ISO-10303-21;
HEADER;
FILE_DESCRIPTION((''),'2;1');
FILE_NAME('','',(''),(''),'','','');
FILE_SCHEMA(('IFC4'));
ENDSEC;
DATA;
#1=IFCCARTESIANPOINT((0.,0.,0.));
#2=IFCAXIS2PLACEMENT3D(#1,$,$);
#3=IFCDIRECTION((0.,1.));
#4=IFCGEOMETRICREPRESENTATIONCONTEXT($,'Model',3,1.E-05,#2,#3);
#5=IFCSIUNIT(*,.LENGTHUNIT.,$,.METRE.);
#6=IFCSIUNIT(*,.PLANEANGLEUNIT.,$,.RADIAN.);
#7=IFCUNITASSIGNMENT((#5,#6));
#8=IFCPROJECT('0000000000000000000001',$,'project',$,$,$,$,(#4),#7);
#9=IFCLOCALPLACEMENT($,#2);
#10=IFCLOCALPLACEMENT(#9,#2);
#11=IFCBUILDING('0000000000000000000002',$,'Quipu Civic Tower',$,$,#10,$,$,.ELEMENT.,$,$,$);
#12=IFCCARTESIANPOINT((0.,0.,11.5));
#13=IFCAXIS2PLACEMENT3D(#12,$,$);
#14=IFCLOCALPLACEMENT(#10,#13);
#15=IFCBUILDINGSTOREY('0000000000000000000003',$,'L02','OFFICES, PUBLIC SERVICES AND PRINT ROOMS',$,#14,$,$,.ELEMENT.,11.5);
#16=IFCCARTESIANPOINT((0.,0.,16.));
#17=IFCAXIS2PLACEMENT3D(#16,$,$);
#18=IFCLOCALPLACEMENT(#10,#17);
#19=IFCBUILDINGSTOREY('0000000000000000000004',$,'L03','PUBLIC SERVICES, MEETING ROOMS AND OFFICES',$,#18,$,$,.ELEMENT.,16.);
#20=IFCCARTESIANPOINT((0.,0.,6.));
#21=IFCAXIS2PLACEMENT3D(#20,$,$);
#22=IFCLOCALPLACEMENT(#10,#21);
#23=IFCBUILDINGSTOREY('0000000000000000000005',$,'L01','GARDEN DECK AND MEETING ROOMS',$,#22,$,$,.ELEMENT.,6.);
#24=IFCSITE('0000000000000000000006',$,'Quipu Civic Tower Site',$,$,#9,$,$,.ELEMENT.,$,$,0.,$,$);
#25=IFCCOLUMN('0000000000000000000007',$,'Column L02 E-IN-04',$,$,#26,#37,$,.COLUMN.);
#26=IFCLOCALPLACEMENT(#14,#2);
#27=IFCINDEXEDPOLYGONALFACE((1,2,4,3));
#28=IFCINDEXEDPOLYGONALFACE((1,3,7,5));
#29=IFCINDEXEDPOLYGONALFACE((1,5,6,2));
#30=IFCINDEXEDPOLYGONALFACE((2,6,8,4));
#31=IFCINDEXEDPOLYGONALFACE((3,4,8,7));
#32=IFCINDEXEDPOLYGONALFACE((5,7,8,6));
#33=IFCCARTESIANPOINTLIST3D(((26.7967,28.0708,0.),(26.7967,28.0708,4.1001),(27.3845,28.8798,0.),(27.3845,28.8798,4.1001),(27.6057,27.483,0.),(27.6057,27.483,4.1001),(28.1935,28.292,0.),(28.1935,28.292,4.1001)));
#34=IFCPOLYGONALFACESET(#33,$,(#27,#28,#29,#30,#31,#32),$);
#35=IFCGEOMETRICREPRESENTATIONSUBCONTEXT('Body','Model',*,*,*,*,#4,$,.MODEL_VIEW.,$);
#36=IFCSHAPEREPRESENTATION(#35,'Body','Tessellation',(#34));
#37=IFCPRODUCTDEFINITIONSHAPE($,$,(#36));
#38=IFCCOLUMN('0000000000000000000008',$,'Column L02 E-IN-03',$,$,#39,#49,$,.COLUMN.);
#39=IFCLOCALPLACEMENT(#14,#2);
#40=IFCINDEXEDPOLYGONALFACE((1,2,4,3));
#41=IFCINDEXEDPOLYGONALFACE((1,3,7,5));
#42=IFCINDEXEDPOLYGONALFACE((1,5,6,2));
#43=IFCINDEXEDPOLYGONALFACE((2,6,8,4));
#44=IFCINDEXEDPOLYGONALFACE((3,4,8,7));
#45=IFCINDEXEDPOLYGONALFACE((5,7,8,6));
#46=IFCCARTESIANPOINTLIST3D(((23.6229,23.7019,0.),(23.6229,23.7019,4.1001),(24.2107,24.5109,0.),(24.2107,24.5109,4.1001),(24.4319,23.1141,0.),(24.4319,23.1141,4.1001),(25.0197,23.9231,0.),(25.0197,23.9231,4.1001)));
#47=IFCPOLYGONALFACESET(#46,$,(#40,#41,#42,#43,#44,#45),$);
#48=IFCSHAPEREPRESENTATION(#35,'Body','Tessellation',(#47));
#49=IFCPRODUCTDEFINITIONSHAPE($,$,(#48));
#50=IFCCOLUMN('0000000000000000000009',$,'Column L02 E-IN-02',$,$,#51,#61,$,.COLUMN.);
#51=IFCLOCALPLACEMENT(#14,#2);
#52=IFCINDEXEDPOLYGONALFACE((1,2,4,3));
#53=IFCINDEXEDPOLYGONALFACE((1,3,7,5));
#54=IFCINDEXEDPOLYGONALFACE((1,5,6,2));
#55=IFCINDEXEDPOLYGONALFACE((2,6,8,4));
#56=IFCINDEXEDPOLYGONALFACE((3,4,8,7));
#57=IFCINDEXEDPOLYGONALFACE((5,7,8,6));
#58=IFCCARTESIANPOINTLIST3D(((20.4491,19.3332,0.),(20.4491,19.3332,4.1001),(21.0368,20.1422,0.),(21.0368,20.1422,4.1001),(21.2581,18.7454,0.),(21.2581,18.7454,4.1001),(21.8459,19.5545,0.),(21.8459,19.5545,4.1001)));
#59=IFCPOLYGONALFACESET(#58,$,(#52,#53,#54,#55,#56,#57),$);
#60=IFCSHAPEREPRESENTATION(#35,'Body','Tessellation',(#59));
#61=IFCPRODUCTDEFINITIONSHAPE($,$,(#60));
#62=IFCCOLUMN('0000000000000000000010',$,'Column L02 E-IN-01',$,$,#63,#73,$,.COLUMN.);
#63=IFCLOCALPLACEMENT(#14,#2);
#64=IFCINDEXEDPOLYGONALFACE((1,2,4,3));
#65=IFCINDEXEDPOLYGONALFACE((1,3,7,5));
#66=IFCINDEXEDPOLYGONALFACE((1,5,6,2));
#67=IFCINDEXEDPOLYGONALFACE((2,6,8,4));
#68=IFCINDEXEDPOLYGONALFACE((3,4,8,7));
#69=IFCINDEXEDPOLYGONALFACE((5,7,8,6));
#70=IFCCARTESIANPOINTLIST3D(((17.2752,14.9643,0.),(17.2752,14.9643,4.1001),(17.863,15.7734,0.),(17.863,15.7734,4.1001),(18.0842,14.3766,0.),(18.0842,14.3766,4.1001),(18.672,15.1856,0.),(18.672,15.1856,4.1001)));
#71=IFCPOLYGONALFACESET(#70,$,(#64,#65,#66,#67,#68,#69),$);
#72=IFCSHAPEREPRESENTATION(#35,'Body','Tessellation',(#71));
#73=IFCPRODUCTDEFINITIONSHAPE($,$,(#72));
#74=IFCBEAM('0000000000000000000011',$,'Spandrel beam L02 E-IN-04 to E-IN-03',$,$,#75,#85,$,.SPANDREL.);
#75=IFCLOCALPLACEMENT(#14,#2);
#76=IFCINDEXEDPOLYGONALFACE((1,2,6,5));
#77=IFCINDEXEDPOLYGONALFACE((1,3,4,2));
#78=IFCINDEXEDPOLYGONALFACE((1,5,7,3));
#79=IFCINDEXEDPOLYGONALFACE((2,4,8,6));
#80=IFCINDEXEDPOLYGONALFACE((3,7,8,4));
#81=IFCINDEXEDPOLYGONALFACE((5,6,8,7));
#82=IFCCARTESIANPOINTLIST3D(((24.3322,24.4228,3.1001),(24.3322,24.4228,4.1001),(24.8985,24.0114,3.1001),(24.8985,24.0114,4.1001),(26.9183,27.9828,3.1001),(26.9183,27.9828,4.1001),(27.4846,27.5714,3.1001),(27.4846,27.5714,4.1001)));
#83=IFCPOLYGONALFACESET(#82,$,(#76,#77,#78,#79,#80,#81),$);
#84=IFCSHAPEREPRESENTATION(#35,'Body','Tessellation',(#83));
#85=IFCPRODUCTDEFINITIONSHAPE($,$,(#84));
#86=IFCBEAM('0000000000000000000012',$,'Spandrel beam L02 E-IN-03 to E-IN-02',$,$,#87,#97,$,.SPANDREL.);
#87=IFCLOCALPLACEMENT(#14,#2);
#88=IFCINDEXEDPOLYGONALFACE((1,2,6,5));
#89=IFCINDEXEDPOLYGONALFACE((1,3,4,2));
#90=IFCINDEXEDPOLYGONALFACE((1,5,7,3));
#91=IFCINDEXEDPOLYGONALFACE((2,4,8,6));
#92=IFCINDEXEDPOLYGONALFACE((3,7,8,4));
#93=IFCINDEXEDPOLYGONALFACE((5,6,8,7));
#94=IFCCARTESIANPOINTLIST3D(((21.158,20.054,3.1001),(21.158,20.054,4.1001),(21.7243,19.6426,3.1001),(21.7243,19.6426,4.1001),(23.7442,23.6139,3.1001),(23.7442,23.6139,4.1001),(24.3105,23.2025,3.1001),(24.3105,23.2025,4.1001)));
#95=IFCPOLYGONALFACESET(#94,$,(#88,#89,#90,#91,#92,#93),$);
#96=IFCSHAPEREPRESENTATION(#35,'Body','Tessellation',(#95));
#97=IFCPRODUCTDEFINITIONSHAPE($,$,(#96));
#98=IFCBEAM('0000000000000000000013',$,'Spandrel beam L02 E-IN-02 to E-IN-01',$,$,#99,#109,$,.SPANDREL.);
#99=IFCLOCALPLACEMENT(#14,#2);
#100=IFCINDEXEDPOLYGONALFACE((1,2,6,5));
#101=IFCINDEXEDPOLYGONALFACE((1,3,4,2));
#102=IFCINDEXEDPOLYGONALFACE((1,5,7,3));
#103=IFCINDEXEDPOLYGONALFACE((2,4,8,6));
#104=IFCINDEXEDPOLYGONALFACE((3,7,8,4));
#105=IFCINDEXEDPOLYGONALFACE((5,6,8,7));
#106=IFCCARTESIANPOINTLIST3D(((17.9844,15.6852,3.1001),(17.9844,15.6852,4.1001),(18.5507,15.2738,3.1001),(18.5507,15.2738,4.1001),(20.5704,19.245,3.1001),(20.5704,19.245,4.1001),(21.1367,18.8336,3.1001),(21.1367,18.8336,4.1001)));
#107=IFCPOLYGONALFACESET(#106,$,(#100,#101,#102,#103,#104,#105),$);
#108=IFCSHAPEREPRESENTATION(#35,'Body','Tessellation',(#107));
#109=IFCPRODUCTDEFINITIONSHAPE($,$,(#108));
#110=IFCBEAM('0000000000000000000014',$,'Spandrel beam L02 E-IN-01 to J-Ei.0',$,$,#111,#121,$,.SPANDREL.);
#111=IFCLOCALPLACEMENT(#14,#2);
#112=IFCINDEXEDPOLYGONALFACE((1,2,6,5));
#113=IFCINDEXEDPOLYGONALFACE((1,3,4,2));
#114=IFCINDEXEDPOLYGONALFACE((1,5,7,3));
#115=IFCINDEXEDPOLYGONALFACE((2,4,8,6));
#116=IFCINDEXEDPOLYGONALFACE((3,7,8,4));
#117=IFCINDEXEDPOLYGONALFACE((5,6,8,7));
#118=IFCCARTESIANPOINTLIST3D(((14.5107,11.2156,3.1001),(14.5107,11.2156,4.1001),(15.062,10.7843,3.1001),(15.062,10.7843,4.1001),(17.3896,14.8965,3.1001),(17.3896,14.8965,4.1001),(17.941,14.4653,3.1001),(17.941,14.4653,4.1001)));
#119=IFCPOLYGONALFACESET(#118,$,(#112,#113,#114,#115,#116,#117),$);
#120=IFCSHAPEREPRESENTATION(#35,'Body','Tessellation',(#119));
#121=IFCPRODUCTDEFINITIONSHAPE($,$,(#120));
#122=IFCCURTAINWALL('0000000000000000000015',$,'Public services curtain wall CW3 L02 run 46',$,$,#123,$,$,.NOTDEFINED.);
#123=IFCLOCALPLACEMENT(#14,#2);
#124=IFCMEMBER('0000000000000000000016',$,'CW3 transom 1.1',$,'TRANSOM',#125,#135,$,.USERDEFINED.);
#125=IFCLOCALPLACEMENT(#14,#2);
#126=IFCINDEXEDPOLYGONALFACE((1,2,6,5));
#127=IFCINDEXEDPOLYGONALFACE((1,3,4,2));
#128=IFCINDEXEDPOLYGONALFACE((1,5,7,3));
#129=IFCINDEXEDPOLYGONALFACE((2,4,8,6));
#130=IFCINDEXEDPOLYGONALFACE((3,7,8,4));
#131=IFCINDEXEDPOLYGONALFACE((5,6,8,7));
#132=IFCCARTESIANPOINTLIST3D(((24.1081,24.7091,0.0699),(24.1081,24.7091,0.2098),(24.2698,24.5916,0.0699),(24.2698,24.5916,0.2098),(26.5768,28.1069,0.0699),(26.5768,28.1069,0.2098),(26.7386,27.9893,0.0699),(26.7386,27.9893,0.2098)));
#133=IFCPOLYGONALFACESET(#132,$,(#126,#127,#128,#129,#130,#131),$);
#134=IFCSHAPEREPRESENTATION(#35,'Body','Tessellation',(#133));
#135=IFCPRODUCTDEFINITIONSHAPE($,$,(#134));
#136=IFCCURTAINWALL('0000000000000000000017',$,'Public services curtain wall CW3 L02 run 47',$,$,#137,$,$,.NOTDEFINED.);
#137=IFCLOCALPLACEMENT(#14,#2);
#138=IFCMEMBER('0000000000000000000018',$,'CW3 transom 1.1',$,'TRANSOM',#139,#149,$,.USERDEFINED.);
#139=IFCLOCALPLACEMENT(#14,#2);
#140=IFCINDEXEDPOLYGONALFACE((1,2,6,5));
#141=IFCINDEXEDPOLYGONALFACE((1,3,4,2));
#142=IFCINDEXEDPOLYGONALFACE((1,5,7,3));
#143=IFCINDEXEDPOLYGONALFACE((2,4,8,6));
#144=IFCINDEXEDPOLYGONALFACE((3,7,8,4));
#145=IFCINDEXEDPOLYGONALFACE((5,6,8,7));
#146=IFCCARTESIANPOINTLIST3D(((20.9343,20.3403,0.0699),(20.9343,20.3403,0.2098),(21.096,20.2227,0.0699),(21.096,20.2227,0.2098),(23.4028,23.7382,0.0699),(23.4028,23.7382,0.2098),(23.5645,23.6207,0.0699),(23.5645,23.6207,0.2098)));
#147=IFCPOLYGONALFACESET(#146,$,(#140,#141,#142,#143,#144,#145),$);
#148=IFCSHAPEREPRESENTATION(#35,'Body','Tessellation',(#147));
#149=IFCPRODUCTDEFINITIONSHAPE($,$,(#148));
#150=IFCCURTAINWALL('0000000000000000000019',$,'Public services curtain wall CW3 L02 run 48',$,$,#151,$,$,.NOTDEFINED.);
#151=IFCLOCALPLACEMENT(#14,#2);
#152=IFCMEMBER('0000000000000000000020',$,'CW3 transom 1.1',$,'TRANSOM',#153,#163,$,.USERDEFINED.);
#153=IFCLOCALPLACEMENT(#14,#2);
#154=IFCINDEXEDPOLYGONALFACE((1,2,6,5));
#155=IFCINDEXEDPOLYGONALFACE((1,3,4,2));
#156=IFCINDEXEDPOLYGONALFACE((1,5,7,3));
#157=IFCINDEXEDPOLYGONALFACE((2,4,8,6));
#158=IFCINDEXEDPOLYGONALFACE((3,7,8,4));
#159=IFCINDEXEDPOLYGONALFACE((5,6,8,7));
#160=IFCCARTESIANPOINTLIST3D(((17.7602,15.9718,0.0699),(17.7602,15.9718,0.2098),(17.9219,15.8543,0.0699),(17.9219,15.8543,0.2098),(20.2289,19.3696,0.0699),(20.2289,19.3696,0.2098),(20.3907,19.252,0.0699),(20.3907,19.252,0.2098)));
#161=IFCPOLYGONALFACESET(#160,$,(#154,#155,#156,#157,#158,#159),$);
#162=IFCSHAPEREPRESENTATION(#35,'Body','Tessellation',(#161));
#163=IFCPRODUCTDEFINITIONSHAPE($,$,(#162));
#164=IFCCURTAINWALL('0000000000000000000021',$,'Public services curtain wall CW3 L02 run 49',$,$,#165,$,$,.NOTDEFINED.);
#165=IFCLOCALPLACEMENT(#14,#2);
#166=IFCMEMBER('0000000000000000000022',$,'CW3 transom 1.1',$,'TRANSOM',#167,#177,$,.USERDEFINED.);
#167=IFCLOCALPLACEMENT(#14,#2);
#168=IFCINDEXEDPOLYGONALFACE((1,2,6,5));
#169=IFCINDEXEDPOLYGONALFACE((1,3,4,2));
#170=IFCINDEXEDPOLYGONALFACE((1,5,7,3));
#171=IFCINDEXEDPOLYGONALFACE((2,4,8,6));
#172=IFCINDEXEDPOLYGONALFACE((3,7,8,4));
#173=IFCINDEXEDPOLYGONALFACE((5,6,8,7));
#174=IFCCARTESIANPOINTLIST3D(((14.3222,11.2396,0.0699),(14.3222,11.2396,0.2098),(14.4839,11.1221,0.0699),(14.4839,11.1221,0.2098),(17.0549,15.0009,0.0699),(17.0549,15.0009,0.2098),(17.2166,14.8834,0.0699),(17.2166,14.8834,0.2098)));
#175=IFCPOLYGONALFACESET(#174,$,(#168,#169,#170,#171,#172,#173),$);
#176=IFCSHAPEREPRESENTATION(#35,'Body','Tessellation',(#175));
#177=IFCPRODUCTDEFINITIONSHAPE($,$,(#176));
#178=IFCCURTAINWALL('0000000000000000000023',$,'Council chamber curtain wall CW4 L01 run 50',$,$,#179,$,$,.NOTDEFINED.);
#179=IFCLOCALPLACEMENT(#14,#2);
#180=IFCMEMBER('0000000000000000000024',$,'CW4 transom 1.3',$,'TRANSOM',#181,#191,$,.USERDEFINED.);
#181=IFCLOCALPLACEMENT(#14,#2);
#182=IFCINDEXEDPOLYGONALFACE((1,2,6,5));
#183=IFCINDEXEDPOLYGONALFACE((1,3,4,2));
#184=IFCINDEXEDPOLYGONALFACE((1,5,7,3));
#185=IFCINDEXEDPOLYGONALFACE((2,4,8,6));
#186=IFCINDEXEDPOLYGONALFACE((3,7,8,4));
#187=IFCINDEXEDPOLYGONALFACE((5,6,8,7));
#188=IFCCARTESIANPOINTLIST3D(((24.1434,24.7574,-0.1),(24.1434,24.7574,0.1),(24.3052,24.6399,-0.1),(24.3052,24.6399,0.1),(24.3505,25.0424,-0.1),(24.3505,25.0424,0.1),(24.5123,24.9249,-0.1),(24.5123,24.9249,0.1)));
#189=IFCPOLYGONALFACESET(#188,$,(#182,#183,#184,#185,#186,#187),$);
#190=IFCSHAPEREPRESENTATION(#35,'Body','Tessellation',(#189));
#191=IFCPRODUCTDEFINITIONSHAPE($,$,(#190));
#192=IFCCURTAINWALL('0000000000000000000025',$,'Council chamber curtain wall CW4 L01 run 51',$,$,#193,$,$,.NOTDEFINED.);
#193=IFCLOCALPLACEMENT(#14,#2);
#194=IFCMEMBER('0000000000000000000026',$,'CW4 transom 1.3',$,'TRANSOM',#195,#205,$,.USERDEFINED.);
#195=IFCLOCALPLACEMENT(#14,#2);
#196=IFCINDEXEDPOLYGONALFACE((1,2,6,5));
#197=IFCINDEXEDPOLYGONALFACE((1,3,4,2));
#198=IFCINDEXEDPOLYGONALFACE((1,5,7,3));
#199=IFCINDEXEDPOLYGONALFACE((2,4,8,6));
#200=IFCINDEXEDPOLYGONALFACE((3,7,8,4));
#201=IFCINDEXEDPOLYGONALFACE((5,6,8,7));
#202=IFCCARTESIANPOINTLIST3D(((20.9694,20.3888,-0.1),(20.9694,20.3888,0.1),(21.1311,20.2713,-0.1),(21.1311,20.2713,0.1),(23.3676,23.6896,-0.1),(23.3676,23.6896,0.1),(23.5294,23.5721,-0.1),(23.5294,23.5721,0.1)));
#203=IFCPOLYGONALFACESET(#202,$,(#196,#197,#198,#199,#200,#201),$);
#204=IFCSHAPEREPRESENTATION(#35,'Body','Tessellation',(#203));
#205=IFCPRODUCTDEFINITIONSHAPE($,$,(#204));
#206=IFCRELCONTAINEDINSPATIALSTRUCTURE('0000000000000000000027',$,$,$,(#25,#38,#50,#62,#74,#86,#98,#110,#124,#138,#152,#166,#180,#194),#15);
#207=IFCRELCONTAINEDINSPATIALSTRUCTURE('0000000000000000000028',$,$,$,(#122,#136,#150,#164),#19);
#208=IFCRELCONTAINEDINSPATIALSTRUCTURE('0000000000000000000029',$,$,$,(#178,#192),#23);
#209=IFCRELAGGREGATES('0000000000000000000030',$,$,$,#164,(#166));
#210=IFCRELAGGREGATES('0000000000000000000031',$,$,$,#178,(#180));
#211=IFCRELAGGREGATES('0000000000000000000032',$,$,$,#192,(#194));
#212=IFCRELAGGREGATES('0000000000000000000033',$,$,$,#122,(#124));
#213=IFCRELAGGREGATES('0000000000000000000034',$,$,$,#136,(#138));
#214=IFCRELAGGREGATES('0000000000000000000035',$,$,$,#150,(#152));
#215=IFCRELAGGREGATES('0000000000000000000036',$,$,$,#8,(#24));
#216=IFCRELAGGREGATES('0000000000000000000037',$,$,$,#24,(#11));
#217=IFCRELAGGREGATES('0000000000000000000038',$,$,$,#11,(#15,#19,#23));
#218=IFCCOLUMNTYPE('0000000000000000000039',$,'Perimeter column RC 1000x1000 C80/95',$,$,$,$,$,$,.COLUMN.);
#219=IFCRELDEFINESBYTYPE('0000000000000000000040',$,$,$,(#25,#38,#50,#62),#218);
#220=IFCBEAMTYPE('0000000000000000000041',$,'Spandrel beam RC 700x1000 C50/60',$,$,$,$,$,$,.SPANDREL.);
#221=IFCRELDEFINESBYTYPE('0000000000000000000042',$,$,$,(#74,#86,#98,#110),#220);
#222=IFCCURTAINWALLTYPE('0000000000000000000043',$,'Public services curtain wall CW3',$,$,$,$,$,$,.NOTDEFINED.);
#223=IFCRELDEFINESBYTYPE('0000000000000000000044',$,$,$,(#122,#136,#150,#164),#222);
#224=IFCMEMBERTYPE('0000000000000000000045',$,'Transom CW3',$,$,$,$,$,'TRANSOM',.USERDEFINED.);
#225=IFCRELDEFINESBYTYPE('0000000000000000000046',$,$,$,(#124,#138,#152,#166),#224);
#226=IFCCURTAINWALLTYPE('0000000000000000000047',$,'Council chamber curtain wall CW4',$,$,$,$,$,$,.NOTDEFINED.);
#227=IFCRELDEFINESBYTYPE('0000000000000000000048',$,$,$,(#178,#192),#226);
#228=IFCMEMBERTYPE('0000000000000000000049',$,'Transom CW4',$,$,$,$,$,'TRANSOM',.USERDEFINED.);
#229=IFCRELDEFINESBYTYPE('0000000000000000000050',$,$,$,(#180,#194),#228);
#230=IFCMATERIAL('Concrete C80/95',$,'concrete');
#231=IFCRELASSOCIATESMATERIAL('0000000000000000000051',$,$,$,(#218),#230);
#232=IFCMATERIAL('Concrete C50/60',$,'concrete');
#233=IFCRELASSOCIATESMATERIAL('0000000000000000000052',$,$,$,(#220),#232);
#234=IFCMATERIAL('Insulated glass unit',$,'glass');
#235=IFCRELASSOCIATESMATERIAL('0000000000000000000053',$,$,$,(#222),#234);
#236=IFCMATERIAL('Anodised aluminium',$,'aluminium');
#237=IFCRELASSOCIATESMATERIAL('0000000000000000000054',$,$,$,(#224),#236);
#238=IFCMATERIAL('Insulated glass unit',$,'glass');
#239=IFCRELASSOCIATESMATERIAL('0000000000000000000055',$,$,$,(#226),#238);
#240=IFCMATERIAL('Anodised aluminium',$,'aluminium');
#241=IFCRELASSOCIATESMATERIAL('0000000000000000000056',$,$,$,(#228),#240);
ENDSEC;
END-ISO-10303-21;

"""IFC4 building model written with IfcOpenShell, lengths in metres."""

from ifc_helpers import new_model, si_unit, direction, frame, origin, origin_2d, place, context, subcontext, project, spatial, rectangle, extrude, material, material_profile, profile_set, type_object, element, aggregate, save


model = new_model("IFC4")

# Units and contexts
model_context = context("Model", 3, precision=1e-05, world=origin(), true_north=direction((0.0, 1.0)))
body_context = subcontext(model_context, "Body", "Model", "MODEL_VIEW")
ifc_project = project(units=[si_unit("LENGTHUNIT", "METRE"), si_unit("PLANEANGLEUNIT", "RADIAN")], contexts=[model_context])

# Site, building, storey
site_placement = place(None, origin())
site = spatial("IfcSite", under=ifc_project, at=site_placement, Name="Quipu Civic Tower Site", CompositionType="ELEMENT", RefElevation=0.0)
building_placement = place(site_placement, origin())
building = spatial("IfcBuilding", under=site, at=building_placement, Name="Quipu Civic Tower", CompositionType="ELEMENT")
storey_1_placement = place(building_placement, frame((0.0, 0.0, 11.5)))
storey_1 = spatial("IfcBuildingStorey", under=building, at=storey_1_placement, Name="L02", Description="OFFICES, PUBLIC SERVICES AND PRINT ROOMS", CompositionType="ELEMENT", Elevation=11.5)

# Columns
ifc_material_1 = material(Name="Concrete C80/95", Category="concrete")
ifc_material_profile_1 = material_profile(ifc_material_1, rectangle(XDim=1.0, YDim=1.0, at=origin_2d()), Name="RC1000x1000")
ifc_profile_set_1 = profile_set([ifc_material_profile_1], Name="Concrete C80/95")
column_type = type_object("IfcColumnType", Name="Perimeter column RC 1000x1000 C80/95", PredefinedType="COLUMN", material=ifc_profile_set_1)
for number, where, z_axis, x_axis, name in (
    (1, (27.4951, 28.1814, 0.0), (0.0, 0.0, 1.0), (-0.587785, -0.809017, 0.0), "Column L02 E-IN-04"),
    (2, (24.3213, 23.8125, 0.0), (0.0, 0.0, 1.0), (-0.587785, -0.809017, 0.0), "Column L02 E-IN-03"),
    (3, (21.1475, 19.4438, 0.0), (0.0, 0.0, 1.0), (-0.587785, -0.809017, 0.0), "Column L02 E-IN-02"),
    (4, (17.9736, 15.075, 0.0), (0.0, 0.0, 1.0), (-0.587785, -0.809017, 0.0), "Column L02 E-IN-01"),
):
    element("IfcColumn", number, at=place(storey_1_placement, frame(where, z_axis=z_axis, x_axis=x_axis)), inside=storey_1, type_object=column_type, Name=name, PredefinedType="COLUMN", context=body_context, shape_type="SweptSolid", body=[
        extrude(rectangle(XDim=1.0, YDim=1.0, at=origin_2d()), origin(), (0.0, 0.0, 1.0), 4.1001),
    ])

# Beams
ifc_material_2 = material(Name="Concrete C50/60", Category="concrete")
ifc_material_profile_2 = material_profile(ifc_material_2, rectangle(XDim=0.7, YDim=1.0, at=origin_2d()), Name="RC700x1000")
ifc_profile_set_2 = profile_set([ifc_material_profile_2], Name="Concrete C50/60")
beam_type = type_object("IfcBeamType", Name="Spandrel beam RC 700x1000 C50/60", PredefinedType="SPANDREL", material=ifc_profile_set_2)
for number, where, z_axis, x_axis, name in (
    (5, (27.2014, 27.7771, 3.6001), (-0.587733, -0.809055, 0.0), (0.809055, -0.587733, 0.0), "Spandrel beam L02 E-IN-04 to E-IN-03"),
    (6, (24.0273, 23.4082, 3.6001), (-0.587759, -0.809036, 0.0), (0.809036, -0.587759, 0.0), "Spandrel beam L02 E-IN-03 to E-IN-02"),
):
    element("IfcBeam", number, at=place(storey_1_placement, frame(where, z_axis=z_axis, x_axis=x_axis)), inside=storey_1, type_object=beam_type, Name=name, PredefinedType="SPANDREL", context=body_context, shape_type="SweptSolid", body=[
        extrude(rectangle(XDim=0.7, YDim=1.0, at=origin_2d()), origin(), (0.0, 0.0, 1.0), 4.4001),
    ])
beam_1_placement = place(storey_1_placement, frame((20.8535, 19.0393, 3.6001), z_axis=(-0.587723, -0.809062, 0.0), x_axis=(0.809062, -0.587723, 0.0)))
element("IfcBeam", 7, at=beam_1_placement, inside=storey_1, type_object=beam_type, Name="Spandrel beam L02 E-IN-02 to E-IN-01", PredefinedType="SPANDREL", context=body_context, shape_type="SweptSolid", body=[
    extrude(rectangle(XDim=0.7, YDim=1.0, at=origin_2d()), origin(), (0.0, 0.0, 1.0), 4.3999),
])
beam_2_placement = place(storey_1_placement, frame((17.6653, 14.6809, 3.6001), z_axis=(-0.616069, -0.787692, 0.0), x_axis=(0.787692, -0.616069, 0.0)))
element("IfcBeam", 8, at=beam_2_placement, inside=storey_1, type_object=beam_type, Name="Spandrel beam L02 E-IN-01 to J-Ei.0", PredefinedType="SPANDREL", context=body_context, shape_type="SweptSolid", body=[
    extrude(rectangle(XDim=0.7, YDim=1.0, at=origin_2d()), origin(), (0.0, 0.0, 1.0), 4.6731),
])

# Shared definitions
storey_2_placement = place(building_placement, frame((0.0, 0.0, 16.0)))
storey_2 = spatial("IfcBuildingStorey", under=building, at=storey_2_placement, Name="L03", Description="PUBLIC SERVICES, MEETING ROOMS AND OFFICES", CompositionType="ELEMENT", Elevation=16.0)

# Curtain walls, members
ifc_material_3 = material(Name="Insulated glass unit", Category="glass")
curtain_wall_type_1 = type_object("IfcCurtainWallType", Name="Public services curtain wall CW3", PredefinedType="NOTDEFINED", material=ifc_material_3)
curtain_wall_1_placement = place(storey_2_placement, origin())
curtain_wall_1 = element("IfcCurtainWall", 9, at=curtain_wall_1_placement, inside=storey_2, type_object=curtain_wall_type_1, Name="Public services curtain wall CW3 L02 run 46", PredefinedType="NOTDEFINED")
ifc_material_4 = material(Name="Anodised aluminium", Category="aluminium")
ifc_material_profile_3 = material_profile(ifc_material_4, rectangle(XDim=0.2, YDim=0.1399, at=origin_2d()), Name="RECT 200x140")
ifc_profile_set_3 = profile_set([ifc_material_profile_3], Name="Anodised aluminium")
member_type_1 = type_object("IfcMemberType", Name="Transom CW3", ElementType="TRANSOM", PredefinedType="USERDEFINED", material=ifc_profile_set_3)
member_1_placement = place(storey_1_placement, frame((26.6577, 28.0481, 0.1399), z_axis=(-0.587812, -0.808997, 0.0), x_axis=(0.808997, -0.587812, 0.0)))
member_1 = element("IfcMember", 10, at=member_1_placement, inside=storey_1, type_object=member_type_1, Name="CW3 transom 1.1", ObjectType="TRANSOM", PredefinedType="USERDEFINED", context=body_context, shape_type="SweptSolid", body=[
    extrude(rectangle(XDim=0.2, YDim=0.1399, at=origin_2d()), origin(), (0.0, 0.0, 1.0), 4.2),
])
curtain_wall_2_placement = place(storey_2_placement, origin())
curtain_wall_2 = element("IfcCurtainWall", 11, at=curtain_wall_2_placement, inside=storey_2, type_object=curtain_wall_type_1, Name="Public services curtain wall CW3 L02 run 47", PredefinedType="NOTDEFINED")
member_2_placement = place(storey_1_placement, frame((23.4836, 23.6794, 0.1399), z_axis=(-0.587746, -0.809045, 0.0), x_axis=(0.809045, -0.587746, 0.0)))
member_2 = element("IfcMember", 12, at=member_2_placement, inside=storey_1, type_object=member_type_1, Name="CW3 transom 1.1", ObjectType="TRANSOM", PredefinedType="USERDEFINED", context=body_context, shape_type="SweptSolid", body=[
    extrude(rectangle(XDim=0.2, YDim=0.1399, at=origin_2d()), origin(), (0.0, 0.0, 1.0), 4.2),
])
curtain_wall_3_placement = place(storey_2_placement, origin())
curtain_wall_3 = element("IfcCurtainWall", 13, at=curtain_wall_3_placement, inside=storey_2, type_object=curtain_wall_type_1, Name="Public services curtain wall CW3 L02 run 48", PredefinedType="NOTDEFINED")
member_3_placement = place(storey_1_placement, frame((20.3098, 19.3108, 0.1399), z_axis=(-0.587812, -0.808997, 0.0), x_axis=(0.808997, -0.587812, 0.0)))
member_3 = element("IfcMember", 14, at=member_3_placement, inside=storey_1, type_object=member_type_1, Name="CW3 transom 1.1", ObjectType="TRANSOM", PredefinedType="USERDEFINED", context=body_context, shape_type="SweptSolid", body=[
    extrude(rectangle(XDim=0.2, YDim=0.1399, at=origin_2d()), origin(), (0.0, 0.0, 1.0), 4.2),
])
curtain_wall_4_placement = place(storey_2_placement, origin())
curtain_wall_4 = element("IfcCurtainWall", 15, at=curtain_wall_4_placement, inside=storey_2, type_object=curtain_wall_type_1, Name="Public services curtain wall CW3 L02 run 49", PredefinedType="NOTDEFINED")
member_4_placement = place(storey_1_placement, frame((17.1357, 14.9421, 0.1399), z_axis=(-0.587781, -0.80902, 0.0), x_axis=(0.80902, -0.587781, 0.0)))
member_4 = element("IfcMember", 16, at=member_4_placement, inside=storey_1, type_object=member_type_1, Name="CW3 transom 1.1", ObjectType="TRANSOM", PredefinedType="USERDEFINED", context=body_context, shape_type="SweptSolid", body=[
    extrude(rectangle(XDim=0.2, YDim=0.1399, at=origin_2d()), origin(), (0.0, 0.0, 1.0), 4.6492),
])
aggregate(curtain_wall_4, [member_4])

# Shared definitions
storey_3_placement = place(building_placement, frame((0.0, 0.0, 6.0)))
storey_3 = spatial("IfcBuildingStorey", under=building, at=storey_3_placement, Name="L01", Description="GARDEN DECK AND MEETING ROOMS", CompositionType="ELEMENT", Elevation=6.0)

# Curtain walls, members
ifc_material_5 = material(Name="Insulated glass unit", Category="glass")
curtain_wall_type_2 = type_object("IfcCurtainWallType", Name="Council chamber curtain wall CW4", PredefinedType="NOTDEFINED", material=ifc_material_5)
curtain_wall_5_placement = place(storey_3_placement, origin())
curtain_wall_5 = element("IfcCurtainWall", 17, at=curtain_wall_5_placement, inside=storey_3, type_object=curtain_wall_type_2, Name="Council chamber curtain wall CW4 L01 run 50", PredefinedType="NOTDEFINED")
ifc_material_6 = material(Name="Anodised aluminium", Category="aluminium")
ifc_material_profile_4 = material_profile(ifc_material_6, rectangle(XDim=0.2, YDim=0.2, at=origin_2d()), Name="RECT 200x200")
ifc_profile_set_4 = profile_set([ifc_material_profile_4], Name="Anodised aluminium")
member_type_2 = type_object("IfcMemberType", Name="Transom CW4", ElementType="TRANSOM", PredefinedType="USERDEFINED", material=ifc_profile_set_4)
member_5_placement = place(storey_1_placement, frame((24.4314, 24.9836, 0.0), z_axis=(-0.587842, -0.808976, 0.0), x_axis=(0.808976, -0.587842, 0.0)))
member_5 = element("IfcMember", 18, at=member_5_placement, inside=storey_1, type_object=member_type_2, Name="CW4 transom 1.3", ObjectType="TRANSOM", PredefinedType="USERDEFINED", context=body_context, shape_type="SweptSolid", body=[
    extrude(rectangle(XDim=0.2, YDim=0.2, at=origin_2d()), origin(), (0.0, 0.0, 1.0), 0.3523),
])
aggregate(curtain_wall_5, [member_5])
curtain_wall_6_placement = place(storey_3_placement, origin())
curtain_wall_6 = element("IfcCurtainWall", 19, at=curtain_wall_6_placement, inside=storey_3, type_object=curtain_wall_type_2, Name="Council chamber curtain wall CW4 L01 run 51", PredefinedType="NOTDEFINED")
member_6_placement = place(storey_1_placement, frame((23.4485, 23.6309, 0.0), z_axis=(-0.587791, -0.809013, 0.0), x_axis=(0.809013, -0.587791, 0.0)))
member_6 = element("IfcMember", 20, at=member_6_placement, inside=storey_1, type_object=member_type_2, Name="CW4 transom 1.3", ObjectType="TRANSOM", PredefinedType="USERDEFINED", context=body_context, shape_type="SweptSolid", body=[
    extrude(rectangle(XDim=0.2, YDim=0.2, at=origin_2d()), origin(), (0.0, 0.0, 1.0), 4.0801),
])
aggregate(curtain_wall_6, [member_6])

aggregate(curtain_wall_1, [member_1])
aggregate(curtain_wall_2, [member_2])
aggregate(curtain_wall_3, [member_3])

save(model, "model.ifc")
